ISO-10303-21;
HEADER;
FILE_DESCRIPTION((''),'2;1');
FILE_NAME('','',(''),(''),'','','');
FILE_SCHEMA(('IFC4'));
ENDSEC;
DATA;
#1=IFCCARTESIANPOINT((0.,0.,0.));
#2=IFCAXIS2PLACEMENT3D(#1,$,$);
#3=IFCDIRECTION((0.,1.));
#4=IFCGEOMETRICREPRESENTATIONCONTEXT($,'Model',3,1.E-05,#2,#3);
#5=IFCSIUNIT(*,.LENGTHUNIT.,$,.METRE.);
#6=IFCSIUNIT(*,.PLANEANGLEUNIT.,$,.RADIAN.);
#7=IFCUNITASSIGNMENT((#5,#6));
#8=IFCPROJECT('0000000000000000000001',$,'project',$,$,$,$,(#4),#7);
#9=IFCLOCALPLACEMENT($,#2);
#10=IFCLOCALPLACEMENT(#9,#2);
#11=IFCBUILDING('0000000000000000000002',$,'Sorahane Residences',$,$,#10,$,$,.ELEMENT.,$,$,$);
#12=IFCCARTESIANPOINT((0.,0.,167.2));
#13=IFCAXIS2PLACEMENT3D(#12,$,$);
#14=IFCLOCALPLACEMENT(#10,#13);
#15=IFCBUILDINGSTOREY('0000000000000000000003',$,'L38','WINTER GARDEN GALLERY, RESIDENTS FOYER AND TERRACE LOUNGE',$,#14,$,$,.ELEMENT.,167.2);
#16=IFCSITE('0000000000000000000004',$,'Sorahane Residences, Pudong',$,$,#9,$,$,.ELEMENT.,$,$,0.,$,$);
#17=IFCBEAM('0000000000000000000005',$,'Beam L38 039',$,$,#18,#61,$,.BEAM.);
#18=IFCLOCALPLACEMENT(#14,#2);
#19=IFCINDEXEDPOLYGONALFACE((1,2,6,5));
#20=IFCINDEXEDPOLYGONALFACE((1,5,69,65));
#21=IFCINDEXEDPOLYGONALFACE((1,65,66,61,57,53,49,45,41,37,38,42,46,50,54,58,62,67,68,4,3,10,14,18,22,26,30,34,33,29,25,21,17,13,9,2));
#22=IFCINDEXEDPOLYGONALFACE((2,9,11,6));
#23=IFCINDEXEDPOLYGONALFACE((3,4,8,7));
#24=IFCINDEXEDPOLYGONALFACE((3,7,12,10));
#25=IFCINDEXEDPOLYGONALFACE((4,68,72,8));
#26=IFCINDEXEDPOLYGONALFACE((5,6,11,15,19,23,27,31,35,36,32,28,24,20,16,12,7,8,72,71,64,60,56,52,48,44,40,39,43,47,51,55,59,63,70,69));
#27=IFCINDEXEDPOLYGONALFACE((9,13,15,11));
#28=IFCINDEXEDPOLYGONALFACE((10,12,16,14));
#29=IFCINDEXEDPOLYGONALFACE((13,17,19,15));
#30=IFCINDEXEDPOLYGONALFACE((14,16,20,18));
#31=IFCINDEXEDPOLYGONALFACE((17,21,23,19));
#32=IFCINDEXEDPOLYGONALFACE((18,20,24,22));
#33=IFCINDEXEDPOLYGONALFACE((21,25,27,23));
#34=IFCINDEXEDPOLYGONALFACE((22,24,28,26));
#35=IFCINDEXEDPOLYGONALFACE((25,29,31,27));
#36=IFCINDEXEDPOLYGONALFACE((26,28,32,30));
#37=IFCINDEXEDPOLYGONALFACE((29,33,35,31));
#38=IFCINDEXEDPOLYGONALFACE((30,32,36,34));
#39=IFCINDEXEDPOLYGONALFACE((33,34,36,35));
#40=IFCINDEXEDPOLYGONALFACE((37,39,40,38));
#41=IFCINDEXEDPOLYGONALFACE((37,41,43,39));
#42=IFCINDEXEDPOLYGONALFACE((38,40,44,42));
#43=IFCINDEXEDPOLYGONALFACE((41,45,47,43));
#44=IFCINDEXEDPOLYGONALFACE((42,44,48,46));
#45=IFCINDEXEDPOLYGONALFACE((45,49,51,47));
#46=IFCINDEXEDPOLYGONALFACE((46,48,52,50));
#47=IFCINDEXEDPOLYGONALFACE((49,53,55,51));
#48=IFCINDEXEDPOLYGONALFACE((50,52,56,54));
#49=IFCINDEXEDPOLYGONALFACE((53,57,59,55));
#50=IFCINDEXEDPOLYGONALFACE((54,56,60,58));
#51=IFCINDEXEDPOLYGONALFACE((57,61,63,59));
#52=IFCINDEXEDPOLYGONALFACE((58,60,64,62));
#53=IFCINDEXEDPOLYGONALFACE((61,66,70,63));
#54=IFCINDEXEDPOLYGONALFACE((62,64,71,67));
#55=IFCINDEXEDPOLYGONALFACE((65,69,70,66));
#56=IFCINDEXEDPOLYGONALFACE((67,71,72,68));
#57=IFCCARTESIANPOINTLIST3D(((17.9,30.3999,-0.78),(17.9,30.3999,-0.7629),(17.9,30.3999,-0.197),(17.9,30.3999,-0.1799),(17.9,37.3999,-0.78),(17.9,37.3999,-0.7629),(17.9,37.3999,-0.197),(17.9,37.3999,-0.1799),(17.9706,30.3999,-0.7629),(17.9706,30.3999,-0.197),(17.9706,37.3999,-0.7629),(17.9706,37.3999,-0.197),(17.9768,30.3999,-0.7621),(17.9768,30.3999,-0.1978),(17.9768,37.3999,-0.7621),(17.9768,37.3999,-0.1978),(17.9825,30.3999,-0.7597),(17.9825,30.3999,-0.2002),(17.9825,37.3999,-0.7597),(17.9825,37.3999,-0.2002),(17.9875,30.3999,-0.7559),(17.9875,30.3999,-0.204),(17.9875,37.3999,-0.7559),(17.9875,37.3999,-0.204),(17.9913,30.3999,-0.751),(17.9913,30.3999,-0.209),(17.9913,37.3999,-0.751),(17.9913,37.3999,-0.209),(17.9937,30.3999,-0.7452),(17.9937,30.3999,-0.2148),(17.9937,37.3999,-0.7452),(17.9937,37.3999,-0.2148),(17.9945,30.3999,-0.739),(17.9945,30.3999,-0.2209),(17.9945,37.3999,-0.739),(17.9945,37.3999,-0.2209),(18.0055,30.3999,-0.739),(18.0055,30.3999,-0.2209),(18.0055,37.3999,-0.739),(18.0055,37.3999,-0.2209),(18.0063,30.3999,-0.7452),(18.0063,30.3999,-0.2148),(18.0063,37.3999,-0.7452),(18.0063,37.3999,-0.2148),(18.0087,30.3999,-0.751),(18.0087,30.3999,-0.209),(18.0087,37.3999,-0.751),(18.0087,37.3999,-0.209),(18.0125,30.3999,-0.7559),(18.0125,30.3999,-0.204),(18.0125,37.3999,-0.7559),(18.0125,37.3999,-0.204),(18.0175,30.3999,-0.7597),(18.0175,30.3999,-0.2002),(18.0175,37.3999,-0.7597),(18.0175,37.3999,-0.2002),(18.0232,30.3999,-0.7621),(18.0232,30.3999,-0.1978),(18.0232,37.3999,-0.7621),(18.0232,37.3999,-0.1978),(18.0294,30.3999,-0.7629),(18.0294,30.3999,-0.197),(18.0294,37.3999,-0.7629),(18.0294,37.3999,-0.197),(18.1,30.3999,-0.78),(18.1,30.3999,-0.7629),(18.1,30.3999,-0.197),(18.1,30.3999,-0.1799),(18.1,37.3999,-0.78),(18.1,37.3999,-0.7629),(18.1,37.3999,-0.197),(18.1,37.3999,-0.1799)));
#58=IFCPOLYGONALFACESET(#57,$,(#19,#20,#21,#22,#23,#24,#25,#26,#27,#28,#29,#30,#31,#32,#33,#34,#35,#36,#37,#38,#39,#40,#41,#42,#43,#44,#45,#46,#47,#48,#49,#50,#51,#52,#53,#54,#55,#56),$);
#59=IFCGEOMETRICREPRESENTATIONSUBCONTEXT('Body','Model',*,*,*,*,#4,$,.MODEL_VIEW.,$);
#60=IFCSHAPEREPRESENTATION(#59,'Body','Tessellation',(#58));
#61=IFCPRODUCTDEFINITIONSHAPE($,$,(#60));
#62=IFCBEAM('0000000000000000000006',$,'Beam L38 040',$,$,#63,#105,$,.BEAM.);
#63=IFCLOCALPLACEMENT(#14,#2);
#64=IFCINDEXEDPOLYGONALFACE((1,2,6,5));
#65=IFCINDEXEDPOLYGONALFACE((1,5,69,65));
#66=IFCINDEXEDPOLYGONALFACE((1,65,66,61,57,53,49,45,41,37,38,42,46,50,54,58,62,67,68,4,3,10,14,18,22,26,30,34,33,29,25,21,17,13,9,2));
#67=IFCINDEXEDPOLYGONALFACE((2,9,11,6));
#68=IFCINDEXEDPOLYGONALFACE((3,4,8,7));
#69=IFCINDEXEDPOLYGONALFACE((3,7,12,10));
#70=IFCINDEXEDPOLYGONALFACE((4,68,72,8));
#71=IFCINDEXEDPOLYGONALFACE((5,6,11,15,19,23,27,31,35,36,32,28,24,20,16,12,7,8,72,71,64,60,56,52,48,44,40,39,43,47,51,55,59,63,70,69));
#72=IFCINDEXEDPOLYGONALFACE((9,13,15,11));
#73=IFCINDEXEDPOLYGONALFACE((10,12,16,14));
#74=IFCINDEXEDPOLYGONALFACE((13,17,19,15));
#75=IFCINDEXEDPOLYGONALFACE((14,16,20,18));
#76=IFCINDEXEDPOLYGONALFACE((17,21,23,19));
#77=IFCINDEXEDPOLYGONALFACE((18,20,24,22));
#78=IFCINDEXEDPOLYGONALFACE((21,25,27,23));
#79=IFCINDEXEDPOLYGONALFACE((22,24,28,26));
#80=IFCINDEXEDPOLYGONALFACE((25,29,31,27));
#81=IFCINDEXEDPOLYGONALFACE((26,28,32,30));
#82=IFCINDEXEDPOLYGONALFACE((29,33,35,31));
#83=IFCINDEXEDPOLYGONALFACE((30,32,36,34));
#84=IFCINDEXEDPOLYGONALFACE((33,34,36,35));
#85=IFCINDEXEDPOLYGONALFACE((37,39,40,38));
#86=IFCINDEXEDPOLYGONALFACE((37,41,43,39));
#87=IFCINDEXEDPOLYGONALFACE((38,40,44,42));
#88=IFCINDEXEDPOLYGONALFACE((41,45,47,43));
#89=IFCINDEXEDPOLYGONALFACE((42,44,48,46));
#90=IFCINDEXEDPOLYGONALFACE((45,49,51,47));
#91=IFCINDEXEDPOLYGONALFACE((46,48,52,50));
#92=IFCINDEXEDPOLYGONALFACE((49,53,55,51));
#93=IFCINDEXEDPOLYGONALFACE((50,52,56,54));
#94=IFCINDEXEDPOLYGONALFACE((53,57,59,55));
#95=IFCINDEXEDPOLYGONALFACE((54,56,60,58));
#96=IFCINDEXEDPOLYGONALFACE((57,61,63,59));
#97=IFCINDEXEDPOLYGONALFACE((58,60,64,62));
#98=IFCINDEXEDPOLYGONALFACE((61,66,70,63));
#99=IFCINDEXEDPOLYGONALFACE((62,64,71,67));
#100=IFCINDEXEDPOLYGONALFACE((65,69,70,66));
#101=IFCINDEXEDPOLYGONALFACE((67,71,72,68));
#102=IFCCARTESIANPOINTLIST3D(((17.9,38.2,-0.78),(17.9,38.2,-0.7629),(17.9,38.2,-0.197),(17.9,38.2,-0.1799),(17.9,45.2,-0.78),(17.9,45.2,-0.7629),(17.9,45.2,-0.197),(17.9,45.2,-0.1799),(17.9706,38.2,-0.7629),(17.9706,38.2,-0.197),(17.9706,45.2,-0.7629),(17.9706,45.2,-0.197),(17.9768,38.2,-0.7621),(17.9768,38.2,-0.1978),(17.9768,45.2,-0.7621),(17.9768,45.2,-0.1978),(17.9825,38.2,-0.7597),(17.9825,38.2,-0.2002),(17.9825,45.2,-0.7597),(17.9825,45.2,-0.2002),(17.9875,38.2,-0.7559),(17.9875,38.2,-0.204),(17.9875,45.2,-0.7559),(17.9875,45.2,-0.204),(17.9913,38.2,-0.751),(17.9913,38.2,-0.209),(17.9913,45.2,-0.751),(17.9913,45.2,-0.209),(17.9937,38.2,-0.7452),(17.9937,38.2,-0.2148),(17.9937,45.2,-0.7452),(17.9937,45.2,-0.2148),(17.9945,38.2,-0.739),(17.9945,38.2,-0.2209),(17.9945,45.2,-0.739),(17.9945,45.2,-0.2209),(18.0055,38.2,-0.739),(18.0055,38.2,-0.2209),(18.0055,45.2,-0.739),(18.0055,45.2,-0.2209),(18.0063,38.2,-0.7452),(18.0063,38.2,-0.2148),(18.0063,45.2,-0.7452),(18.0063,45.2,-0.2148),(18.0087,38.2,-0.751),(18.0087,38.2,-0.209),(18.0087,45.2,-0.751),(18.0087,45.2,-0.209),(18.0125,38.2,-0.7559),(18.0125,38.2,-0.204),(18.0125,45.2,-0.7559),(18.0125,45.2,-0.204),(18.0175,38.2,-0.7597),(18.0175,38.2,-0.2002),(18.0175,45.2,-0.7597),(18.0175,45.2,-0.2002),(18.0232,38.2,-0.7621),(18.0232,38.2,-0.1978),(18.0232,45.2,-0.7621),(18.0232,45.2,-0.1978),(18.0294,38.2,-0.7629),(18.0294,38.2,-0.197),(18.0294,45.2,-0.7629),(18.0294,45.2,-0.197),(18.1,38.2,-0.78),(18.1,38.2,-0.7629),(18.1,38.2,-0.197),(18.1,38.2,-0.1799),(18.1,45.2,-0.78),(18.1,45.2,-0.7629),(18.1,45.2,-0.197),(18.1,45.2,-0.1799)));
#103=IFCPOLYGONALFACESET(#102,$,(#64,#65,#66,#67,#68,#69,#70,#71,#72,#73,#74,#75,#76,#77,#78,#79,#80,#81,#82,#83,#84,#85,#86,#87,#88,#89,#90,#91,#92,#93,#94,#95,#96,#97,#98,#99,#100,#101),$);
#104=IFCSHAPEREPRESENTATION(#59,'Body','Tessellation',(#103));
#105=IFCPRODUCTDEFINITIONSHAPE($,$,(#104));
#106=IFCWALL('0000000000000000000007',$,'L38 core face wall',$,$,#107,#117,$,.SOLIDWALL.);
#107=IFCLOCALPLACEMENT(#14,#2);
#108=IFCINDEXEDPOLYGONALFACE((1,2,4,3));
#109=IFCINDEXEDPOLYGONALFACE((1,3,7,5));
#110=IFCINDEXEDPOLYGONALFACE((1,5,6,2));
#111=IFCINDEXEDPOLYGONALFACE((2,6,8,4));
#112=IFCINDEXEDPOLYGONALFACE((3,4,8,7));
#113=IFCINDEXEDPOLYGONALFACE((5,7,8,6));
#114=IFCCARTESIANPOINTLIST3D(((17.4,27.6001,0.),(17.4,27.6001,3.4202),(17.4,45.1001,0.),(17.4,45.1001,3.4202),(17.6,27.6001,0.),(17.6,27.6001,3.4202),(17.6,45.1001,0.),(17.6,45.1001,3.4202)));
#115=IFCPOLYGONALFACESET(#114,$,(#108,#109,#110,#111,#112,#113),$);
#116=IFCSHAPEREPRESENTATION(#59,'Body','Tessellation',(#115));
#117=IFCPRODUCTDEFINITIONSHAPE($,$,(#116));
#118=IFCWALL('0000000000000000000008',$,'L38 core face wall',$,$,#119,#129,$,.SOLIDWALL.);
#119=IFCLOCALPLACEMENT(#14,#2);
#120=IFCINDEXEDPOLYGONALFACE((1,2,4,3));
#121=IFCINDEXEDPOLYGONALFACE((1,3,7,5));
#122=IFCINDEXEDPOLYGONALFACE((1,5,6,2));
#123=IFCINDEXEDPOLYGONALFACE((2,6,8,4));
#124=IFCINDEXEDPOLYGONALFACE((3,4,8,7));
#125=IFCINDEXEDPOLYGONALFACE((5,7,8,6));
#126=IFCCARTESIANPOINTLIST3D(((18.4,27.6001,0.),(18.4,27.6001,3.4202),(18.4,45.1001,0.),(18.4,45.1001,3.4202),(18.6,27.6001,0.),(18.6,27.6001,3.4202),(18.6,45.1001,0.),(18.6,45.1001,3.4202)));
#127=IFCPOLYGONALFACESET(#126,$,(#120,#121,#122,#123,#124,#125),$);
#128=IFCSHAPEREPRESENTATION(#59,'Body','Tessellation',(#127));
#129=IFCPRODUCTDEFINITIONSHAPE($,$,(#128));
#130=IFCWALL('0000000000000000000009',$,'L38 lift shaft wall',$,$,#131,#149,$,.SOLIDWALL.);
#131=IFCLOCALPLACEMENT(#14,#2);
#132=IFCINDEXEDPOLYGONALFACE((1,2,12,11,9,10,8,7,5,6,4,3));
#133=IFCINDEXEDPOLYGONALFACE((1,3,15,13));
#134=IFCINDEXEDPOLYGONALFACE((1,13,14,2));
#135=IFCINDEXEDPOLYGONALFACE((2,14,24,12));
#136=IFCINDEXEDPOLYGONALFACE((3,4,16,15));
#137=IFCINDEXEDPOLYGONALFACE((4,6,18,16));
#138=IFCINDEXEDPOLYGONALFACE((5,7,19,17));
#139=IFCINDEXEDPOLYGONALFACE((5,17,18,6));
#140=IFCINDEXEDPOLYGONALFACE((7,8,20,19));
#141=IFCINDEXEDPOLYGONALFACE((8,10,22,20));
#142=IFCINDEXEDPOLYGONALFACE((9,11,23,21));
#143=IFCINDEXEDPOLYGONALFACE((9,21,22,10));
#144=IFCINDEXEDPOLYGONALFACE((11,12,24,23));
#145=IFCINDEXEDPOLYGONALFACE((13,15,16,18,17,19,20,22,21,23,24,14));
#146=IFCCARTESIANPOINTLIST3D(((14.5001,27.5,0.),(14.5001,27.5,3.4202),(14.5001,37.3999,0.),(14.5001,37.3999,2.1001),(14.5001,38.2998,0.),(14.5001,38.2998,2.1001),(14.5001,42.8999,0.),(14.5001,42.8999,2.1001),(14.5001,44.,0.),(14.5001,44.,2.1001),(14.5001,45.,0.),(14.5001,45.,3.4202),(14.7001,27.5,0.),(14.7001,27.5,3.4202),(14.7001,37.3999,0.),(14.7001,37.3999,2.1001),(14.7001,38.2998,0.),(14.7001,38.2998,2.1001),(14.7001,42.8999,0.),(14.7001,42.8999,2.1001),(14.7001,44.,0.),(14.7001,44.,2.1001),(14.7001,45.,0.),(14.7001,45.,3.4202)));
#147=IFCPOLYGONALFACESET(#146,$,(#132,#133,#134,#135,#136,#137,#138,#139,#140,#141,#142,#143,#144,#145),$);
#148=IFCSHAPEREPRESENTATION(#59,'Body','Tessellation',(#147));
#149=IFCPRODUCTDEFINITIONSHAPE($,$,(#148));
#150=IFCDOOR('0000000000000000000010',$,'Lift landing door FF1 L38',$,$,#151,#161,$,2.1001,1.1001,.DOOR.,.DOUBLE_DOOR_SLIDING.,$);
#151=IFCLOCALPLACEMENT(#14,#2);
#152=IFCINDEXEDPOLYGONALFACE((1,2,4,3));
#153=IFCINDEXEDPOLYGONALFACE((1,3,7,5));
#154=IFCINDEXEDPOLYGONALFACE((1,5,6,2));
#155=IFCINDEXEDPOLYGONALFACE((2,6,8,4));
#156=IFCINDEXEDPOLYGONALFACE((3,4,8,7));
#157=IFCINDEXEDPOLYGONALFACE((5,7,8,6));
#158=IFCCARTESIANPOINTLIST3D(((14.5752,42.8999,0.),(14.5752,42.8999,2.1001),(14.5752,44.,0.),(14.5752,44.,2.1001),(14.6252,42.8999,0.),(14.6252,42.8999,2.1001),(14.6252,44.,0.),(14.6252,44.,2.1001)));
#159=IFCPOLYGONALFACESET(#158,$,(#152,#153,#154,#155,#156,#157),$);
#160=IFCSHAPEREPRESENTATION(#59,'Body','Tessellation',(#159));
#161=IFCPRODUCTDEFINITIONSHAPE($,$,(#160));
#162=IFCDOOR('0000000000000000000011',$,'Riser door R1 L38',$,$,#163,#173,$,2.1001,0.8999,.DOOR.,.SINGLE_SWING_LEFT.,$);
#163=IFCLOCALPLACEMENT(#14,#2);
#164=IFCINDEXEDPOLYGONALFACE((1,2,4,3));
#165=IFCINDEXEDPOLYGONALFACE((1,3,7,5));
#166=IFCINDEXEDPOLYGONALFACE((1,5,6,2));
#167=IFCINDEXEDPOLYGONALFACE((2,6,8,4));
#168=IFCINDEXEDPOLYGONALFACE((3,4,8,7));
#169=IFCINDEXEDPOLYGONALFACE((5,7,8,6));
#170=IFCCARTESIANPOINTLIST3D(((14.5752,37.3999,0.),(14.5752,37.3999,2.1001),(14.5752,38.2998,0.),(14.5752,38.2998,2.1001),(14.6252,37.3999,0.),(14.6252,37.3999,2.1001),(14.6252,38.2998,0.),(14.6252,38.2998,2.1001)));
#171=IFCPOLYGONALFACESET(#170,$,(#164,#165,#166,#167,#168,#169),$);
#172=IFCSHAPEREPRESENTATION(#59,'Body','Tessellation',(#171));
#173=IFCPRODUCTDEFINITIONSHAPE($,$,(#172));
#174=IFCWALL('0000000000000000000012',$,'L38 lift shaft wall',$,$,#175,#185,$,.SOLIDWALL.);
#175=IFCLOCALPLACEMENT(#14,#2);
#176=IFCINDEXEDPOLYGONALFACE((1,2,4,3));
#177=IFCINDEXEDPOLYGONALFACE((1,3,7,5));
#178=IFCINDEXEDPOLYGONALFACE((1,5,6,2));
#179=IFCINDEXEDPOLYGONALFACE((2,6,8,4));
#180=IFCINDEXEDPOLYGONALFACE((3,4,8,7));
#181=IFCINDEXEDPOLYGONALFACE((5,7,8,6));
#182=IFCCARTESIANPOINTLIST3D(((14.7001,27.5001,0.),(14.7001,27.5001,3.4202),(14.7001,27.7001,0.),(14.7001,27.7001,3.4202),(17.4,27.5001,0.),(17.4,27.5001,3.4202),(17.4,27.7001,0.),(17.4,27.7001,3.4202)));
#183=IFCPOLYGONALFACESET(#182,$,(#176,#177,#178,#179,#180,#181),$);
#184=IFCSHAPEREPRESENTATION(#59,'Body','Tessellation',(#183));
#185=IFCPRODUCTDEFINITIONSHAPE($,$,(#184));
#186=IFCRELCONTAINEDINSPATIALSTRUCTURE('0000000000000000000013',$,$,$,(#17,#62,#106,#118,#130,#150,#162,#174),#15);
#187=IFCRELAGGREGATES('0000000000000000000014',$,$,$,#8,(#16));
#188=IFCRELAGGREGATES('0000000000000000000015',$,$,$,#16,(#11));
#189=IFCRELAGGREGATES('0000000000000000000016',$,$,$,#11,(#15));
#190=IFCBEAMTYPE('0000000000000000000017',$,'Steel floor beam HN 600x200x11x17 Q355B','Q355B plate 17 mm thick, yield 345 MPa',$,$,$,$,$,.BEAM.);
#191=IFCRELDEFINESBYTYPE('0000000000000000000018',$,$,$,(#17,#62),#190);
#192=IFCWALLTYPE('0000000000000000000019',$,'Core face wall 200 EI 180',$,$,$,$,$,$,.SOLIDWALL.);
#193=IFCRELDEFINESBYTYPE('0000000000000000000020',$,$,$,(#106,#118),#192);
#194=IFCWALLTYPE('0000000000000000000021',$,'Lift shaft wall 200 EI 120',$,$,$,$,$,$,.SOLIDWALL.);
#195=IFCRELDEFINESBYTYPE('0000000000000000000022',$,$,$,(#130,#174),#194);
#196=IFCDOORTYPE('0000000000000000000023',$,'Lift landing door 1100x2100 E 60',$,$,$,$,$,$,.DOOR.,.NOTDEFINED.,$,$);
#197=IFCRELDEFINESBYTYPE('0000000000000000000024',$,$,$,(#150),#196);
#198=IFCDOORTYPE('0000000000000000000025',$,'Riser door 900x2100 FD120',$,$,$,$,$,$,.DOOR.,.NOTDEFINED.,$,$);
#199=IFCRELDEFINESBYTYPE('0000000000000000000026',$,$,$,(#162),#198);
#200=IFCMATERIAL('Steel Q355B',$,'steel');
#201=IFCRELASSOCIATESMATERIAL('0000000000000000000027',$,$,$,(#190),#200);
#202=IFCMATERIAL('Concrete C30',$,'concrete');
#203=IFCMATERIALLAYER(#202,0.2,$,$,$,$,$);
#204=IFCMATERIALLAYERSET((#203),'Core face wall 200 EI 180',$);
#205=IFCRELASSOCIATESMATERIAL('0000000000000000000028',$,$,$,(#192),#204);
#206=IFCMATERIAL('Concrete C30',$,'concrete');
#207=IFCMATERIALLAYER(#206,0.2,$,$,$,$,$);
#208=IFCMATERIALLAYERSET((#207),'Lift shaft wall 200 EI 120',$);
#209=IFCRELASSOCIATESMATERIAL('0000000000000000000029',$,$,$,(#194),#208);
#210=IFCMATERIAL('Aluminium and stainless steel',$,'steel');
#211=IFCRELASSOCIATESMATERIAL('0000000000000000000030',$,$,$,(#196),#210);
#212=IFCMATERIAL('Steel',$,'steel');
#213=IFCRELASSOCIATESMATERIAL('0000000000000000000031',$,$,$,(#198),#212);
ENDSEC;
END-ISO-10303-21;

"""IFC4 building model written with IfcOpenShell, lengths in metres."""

from ifc_helpers import new_model, si_unit, direction, frame, frame_2d, origin, origin_2d, place, context, subcontext, project, spatial, rectangle, i_section, extrude, material, layer, layer_set, material_profile, profile_set, type_object, element, fill, save


model = new_model("IFC4")

# Units and contexts
model_context = context("Model", 3, precision=1e-05, world=origin(), true_north=direction((0.0, 1.0)))
body_context = subcontext(model_context, "Body", "Model", "MODEL_VIEW")
ifc_project = project(units=[si_unit("LENGTHUNIT", "METRE"), si_unit("PLANEANGLEUNIT", "RADIAN")], contexts=[model_context])

# Site, building, storey
site_placement = place(None, origin())
site = spatial("IfcSite", under=ifc_project, at=site_placement, Name="Sorahane Residences, Pudong", CompositionType="ELEMENT", RefElevation=0.0)
building_placement = place(site_placement, origin())
building = spatial("IfcBuilding", under=site, at=building_placement, Name="Sorahane Residences", CompositionType="ELEMENT")
storey_placement = place(building_placement, frame((0.0, 0.0, 167.2)))
storey = spatial("IfcBuildingStorey", under=building, at=storey_placement, Name="L38", Description="WINTER GARDEN GALLERY, RESIDENTS FOYER AND TERRACE LOUNGE", CompositionType="ELEMENT", Elevation=167.2)

# Beams
ifc_material_1 = material(Name="Steel Q355B", Category="steel")
ifc_material_profile_1 = material_profile(ifc_material_1, i_section(OverallWidth=0.2, OverallDepth=0.6001, WebThickness=0.011, FlangeThickness=0.0171, FilletRadius=0.0239, at=origin_2d()), Name="HN 600x200x11x17")
ifc_profile_set_1 = profile_set([ifc_material_profile_1], Name="Steel Q355B")
beam_type = type_object("IfcBeamType", Name="Steel floor beam HN 600x200x11x17 Q355B", Description="Q355B plate 17 mm thick, yield 345 MPa", PredefinedType="BEAM", material=ifc_profile_set_1)
for number, where, z_axis, x_axis, name in (
    (1, (18.0, 30.3999, -0.48), (0.0, 1.0, 0.0), (-1.0, 0.0, 0.0), "Beam L38 039"),
    (2, (18.0, 38.2, -0.48), (0.0, 1.0, 0.0), (-1.0, 0.0, 0.0), "Beam L38 040"),
):
    element("IfcBeam", number, at=place(storey_placement, frame(where, z_axis=z_axis, x_axis=x_axis)), inside=storey, type_object=beam_type, Name=name, PredefinedType="BEAM", context=body_context, shape_type="SweptSolid", body=[
        extrude(i_section(OverallWidth=0.2, OverallDepth=0.6001, WebThickness=0.011, FlangeThickness=0.0171, FilletRadius=0.0239, at=origin_2d()), origin(), (0.0, 0.0, 1.0), 7.0),
    ])

# Walls
ifc_material_2 = material(Name="Concrete C30", Category="concrete")
ifc_layer_1 = layer(ifc_material_2, 0.2)
ifc_layer_set_1 = layer_set([ifc_layer_1], Name="Core face wall 200 EI 180")
wall_type_1 = type_object("IfcWallType", Name="Core face wall 200 EI 180", PredefinedType="SOLIDWALL", material=ifc_layer_set_1)
for number, where, z_axis, x_axis, name in (
    (3, (17.5, 27.6001, 0.0), (0.0, 0.0, 1.0), (0.0, 1.0, 0.0), "L38 core face wall"),
    (4, (18.5, 27.6001, 0.0), (0.0, 0.0, 1.0), (0.0, 1.0, 0.0), "L38 core face wall"),
):
    element("IfcWall", number, at=place(storey_placement, frame(where, z_axis=z_axis, x_axis=x_axis)), inside=storey, type_object=wall_type_1, Name=name, PredefinedType="SOLIDWALL", context=body_context, shape_type="SweptSolid", body=[
        extrude(rectangle(XDim=17.5, YDim=0.2, at=frame_2d((8.75, 0.0))), origin(), (0.0, 0.0, 1.0), 3.4202),
    ])

# Wall, openings, doors
ifc_material_3 = material(Name="Concrete C30", Category="concrete")
ifc_layer_2 = layer(ifc_material_3, 0.2)
ifc_layer_set_2 = layer_set([ifc_layer_2], Name="Lift shaft wall 200 EI 120")
wall_type_2 = type_object("IfcWallType", Name="Lift shaft wall 200 EI 120", PredefinedType="SOLIDWALL", material=ifc_layer_set_2)
wall_1_placement = place(storey_placement, frame((14.6001, 27.5, 0.0), z_axis=(0.0, 0.0, 1.0), x_axis=(0.0, 1.0, 0.0)))
wall_1 = element("IfcWall", 5, at=wall_1_placement, inside=storey, type_object=wall_type_2, Name="L38 lift shaft wall", PredefinedType="SOLIDWALL", context=body_context, shape_type="SweptSolid", body=[
    extrude(rectangle(XDim=17.5, YDim=0.2, at=frame_2d((8.75, 0.0))), origin(), (0.0, 0.0, 1.0), 3.4202),
])
opening_1_placement = place(wall_1_placement, frame((15.3999, 0.0, 0.0)))
opening_1 = element("IfcOpeningElement", 6, at=opening_1_placement, cuts=wall_1, PredefinedType="OPENING", context=body_context, shape_type="SweptSolid", body=[
    extrude(rectangle(XDim=1.1001, YDim=2.1001, at=frame_2d((0.55, 1.05))), frame((0.0, 0.1099, 0.0), z_axis=(0.0, -1.0, 0.0), x_axis=(1.0, 0.0, 0.0)), (0.0, 0.0, 1.0), 0.22),
])
opening_2_placement = place(wall_1_placement, frame((9.8999, 0.0, 0.0)))
opening_2 = element("IfcOpeningElement", 7, at=opening_2_placement, cuts=wall_1, PredefinedType="OPENING", context=body_context, shape_type="SweptSolid", body=[
    extrude(rectangle(XDim=0.8999, YDim=2.1001, at=frame_2d((0.45, 1.05))), frame((0.0, 0.1099, 0.0), z_axis=(0.0, -1.0, 0.0), x_axis=(1.0, 0.0, 0.0)), (0.0, 0.0, 1.0), 0.22),
])
ifc_material_4 = material(Name="Aluminium and stainless steel", Category="steel")
door_type_1 = type_object("IfcDoorType", Name="Lift landing door 1100x2100 E 60", OperationType="NOTDEFINED", PredefinedType="DOOR", material=ifc_material_4)
door_1_placement = place(opening_1_placement, origin())
door_1 = element("IfcDoor", 8, at=door_1_placement, inside=storey, type_object=door_type_1, Name="Lift landing door FF1 L38", OperationType="DOUBLE_DOOR_SLIDING", OverallHeight=2.1001, OverallWidth=1.1001, PredefinedType="DOOR", context=body_context, shape_type="SweptSolid", body=[
    extrude(rectangle(XDim=1.1001, YDim=2.1001, at=frame_2d((0.55, 1.05))), frame((0.0, 0.0249, 0.0), z_axis=(0.0, -1.0, 0.0), x_axis=(1.0, 0.0, 0.0)), (0.0, 0.0, 1.0), 0.05),
])
fill(opening_1, door_1)
ifc_material_5 = material(Name="Steel", Category="steel")
door_type_2 = type_object("IfcDoorType", Name="Riser door 900x2100 FD120", OperationType="NOTDEFINED", PredefinedType="DOOR", material=ifc_material_5)
door_2_placement = place(opening_2_placement, origin())
door_2 = element("IfcDoor", 9, at=door_2_placement, inside=storey, type_object=door_type_2, Name="Riser door R1 L38", OperationType="SINGLE_SWING_LEFT", OverallHeight=2.1001, OverallWidth=0.8999, PredefinedType="DOOR", context=body_context, shape_type="SweptSolid", body=[
    extrude(rectangle(XDim=0.8999, YDim=2.1001, at=frame_2d((0.45, 1.05))), frame((0.0, 0.0249, 0.0), z_axis=(0.0, -1.0, 0.0), x_axis=(1.0, 0.0, 0.0)), (0.0, 0.0, 1.0), 0.05),
])
fill(opening_2, door_2)

# Wall
for number, where, z_axis, x_axis, name in (
    (10, (14.7, 27.6001, 0.0), (0.0, 0.0, 1.0), (1.0, 0.0, 0.0), "L38 lift shaft wall"),
):
    element("IfcWall", number, at=place(storey_placement, frame(where, z_axis=z_axis, x_axis=x_axis)), inside=storey, type_object=wall_type_2, Name=name, PredefinedType="SOLIDWALL", context=body_context, shape_type="SweptSolid", body=[
        extrude(rectangle(XDim=2.7, YDim=0.2, at=frame_2d((1.3501, 0.0))), origin(), (0.0, 0.0, 1.0), 3.4202),
    ])

save(model, "model.ifc")
